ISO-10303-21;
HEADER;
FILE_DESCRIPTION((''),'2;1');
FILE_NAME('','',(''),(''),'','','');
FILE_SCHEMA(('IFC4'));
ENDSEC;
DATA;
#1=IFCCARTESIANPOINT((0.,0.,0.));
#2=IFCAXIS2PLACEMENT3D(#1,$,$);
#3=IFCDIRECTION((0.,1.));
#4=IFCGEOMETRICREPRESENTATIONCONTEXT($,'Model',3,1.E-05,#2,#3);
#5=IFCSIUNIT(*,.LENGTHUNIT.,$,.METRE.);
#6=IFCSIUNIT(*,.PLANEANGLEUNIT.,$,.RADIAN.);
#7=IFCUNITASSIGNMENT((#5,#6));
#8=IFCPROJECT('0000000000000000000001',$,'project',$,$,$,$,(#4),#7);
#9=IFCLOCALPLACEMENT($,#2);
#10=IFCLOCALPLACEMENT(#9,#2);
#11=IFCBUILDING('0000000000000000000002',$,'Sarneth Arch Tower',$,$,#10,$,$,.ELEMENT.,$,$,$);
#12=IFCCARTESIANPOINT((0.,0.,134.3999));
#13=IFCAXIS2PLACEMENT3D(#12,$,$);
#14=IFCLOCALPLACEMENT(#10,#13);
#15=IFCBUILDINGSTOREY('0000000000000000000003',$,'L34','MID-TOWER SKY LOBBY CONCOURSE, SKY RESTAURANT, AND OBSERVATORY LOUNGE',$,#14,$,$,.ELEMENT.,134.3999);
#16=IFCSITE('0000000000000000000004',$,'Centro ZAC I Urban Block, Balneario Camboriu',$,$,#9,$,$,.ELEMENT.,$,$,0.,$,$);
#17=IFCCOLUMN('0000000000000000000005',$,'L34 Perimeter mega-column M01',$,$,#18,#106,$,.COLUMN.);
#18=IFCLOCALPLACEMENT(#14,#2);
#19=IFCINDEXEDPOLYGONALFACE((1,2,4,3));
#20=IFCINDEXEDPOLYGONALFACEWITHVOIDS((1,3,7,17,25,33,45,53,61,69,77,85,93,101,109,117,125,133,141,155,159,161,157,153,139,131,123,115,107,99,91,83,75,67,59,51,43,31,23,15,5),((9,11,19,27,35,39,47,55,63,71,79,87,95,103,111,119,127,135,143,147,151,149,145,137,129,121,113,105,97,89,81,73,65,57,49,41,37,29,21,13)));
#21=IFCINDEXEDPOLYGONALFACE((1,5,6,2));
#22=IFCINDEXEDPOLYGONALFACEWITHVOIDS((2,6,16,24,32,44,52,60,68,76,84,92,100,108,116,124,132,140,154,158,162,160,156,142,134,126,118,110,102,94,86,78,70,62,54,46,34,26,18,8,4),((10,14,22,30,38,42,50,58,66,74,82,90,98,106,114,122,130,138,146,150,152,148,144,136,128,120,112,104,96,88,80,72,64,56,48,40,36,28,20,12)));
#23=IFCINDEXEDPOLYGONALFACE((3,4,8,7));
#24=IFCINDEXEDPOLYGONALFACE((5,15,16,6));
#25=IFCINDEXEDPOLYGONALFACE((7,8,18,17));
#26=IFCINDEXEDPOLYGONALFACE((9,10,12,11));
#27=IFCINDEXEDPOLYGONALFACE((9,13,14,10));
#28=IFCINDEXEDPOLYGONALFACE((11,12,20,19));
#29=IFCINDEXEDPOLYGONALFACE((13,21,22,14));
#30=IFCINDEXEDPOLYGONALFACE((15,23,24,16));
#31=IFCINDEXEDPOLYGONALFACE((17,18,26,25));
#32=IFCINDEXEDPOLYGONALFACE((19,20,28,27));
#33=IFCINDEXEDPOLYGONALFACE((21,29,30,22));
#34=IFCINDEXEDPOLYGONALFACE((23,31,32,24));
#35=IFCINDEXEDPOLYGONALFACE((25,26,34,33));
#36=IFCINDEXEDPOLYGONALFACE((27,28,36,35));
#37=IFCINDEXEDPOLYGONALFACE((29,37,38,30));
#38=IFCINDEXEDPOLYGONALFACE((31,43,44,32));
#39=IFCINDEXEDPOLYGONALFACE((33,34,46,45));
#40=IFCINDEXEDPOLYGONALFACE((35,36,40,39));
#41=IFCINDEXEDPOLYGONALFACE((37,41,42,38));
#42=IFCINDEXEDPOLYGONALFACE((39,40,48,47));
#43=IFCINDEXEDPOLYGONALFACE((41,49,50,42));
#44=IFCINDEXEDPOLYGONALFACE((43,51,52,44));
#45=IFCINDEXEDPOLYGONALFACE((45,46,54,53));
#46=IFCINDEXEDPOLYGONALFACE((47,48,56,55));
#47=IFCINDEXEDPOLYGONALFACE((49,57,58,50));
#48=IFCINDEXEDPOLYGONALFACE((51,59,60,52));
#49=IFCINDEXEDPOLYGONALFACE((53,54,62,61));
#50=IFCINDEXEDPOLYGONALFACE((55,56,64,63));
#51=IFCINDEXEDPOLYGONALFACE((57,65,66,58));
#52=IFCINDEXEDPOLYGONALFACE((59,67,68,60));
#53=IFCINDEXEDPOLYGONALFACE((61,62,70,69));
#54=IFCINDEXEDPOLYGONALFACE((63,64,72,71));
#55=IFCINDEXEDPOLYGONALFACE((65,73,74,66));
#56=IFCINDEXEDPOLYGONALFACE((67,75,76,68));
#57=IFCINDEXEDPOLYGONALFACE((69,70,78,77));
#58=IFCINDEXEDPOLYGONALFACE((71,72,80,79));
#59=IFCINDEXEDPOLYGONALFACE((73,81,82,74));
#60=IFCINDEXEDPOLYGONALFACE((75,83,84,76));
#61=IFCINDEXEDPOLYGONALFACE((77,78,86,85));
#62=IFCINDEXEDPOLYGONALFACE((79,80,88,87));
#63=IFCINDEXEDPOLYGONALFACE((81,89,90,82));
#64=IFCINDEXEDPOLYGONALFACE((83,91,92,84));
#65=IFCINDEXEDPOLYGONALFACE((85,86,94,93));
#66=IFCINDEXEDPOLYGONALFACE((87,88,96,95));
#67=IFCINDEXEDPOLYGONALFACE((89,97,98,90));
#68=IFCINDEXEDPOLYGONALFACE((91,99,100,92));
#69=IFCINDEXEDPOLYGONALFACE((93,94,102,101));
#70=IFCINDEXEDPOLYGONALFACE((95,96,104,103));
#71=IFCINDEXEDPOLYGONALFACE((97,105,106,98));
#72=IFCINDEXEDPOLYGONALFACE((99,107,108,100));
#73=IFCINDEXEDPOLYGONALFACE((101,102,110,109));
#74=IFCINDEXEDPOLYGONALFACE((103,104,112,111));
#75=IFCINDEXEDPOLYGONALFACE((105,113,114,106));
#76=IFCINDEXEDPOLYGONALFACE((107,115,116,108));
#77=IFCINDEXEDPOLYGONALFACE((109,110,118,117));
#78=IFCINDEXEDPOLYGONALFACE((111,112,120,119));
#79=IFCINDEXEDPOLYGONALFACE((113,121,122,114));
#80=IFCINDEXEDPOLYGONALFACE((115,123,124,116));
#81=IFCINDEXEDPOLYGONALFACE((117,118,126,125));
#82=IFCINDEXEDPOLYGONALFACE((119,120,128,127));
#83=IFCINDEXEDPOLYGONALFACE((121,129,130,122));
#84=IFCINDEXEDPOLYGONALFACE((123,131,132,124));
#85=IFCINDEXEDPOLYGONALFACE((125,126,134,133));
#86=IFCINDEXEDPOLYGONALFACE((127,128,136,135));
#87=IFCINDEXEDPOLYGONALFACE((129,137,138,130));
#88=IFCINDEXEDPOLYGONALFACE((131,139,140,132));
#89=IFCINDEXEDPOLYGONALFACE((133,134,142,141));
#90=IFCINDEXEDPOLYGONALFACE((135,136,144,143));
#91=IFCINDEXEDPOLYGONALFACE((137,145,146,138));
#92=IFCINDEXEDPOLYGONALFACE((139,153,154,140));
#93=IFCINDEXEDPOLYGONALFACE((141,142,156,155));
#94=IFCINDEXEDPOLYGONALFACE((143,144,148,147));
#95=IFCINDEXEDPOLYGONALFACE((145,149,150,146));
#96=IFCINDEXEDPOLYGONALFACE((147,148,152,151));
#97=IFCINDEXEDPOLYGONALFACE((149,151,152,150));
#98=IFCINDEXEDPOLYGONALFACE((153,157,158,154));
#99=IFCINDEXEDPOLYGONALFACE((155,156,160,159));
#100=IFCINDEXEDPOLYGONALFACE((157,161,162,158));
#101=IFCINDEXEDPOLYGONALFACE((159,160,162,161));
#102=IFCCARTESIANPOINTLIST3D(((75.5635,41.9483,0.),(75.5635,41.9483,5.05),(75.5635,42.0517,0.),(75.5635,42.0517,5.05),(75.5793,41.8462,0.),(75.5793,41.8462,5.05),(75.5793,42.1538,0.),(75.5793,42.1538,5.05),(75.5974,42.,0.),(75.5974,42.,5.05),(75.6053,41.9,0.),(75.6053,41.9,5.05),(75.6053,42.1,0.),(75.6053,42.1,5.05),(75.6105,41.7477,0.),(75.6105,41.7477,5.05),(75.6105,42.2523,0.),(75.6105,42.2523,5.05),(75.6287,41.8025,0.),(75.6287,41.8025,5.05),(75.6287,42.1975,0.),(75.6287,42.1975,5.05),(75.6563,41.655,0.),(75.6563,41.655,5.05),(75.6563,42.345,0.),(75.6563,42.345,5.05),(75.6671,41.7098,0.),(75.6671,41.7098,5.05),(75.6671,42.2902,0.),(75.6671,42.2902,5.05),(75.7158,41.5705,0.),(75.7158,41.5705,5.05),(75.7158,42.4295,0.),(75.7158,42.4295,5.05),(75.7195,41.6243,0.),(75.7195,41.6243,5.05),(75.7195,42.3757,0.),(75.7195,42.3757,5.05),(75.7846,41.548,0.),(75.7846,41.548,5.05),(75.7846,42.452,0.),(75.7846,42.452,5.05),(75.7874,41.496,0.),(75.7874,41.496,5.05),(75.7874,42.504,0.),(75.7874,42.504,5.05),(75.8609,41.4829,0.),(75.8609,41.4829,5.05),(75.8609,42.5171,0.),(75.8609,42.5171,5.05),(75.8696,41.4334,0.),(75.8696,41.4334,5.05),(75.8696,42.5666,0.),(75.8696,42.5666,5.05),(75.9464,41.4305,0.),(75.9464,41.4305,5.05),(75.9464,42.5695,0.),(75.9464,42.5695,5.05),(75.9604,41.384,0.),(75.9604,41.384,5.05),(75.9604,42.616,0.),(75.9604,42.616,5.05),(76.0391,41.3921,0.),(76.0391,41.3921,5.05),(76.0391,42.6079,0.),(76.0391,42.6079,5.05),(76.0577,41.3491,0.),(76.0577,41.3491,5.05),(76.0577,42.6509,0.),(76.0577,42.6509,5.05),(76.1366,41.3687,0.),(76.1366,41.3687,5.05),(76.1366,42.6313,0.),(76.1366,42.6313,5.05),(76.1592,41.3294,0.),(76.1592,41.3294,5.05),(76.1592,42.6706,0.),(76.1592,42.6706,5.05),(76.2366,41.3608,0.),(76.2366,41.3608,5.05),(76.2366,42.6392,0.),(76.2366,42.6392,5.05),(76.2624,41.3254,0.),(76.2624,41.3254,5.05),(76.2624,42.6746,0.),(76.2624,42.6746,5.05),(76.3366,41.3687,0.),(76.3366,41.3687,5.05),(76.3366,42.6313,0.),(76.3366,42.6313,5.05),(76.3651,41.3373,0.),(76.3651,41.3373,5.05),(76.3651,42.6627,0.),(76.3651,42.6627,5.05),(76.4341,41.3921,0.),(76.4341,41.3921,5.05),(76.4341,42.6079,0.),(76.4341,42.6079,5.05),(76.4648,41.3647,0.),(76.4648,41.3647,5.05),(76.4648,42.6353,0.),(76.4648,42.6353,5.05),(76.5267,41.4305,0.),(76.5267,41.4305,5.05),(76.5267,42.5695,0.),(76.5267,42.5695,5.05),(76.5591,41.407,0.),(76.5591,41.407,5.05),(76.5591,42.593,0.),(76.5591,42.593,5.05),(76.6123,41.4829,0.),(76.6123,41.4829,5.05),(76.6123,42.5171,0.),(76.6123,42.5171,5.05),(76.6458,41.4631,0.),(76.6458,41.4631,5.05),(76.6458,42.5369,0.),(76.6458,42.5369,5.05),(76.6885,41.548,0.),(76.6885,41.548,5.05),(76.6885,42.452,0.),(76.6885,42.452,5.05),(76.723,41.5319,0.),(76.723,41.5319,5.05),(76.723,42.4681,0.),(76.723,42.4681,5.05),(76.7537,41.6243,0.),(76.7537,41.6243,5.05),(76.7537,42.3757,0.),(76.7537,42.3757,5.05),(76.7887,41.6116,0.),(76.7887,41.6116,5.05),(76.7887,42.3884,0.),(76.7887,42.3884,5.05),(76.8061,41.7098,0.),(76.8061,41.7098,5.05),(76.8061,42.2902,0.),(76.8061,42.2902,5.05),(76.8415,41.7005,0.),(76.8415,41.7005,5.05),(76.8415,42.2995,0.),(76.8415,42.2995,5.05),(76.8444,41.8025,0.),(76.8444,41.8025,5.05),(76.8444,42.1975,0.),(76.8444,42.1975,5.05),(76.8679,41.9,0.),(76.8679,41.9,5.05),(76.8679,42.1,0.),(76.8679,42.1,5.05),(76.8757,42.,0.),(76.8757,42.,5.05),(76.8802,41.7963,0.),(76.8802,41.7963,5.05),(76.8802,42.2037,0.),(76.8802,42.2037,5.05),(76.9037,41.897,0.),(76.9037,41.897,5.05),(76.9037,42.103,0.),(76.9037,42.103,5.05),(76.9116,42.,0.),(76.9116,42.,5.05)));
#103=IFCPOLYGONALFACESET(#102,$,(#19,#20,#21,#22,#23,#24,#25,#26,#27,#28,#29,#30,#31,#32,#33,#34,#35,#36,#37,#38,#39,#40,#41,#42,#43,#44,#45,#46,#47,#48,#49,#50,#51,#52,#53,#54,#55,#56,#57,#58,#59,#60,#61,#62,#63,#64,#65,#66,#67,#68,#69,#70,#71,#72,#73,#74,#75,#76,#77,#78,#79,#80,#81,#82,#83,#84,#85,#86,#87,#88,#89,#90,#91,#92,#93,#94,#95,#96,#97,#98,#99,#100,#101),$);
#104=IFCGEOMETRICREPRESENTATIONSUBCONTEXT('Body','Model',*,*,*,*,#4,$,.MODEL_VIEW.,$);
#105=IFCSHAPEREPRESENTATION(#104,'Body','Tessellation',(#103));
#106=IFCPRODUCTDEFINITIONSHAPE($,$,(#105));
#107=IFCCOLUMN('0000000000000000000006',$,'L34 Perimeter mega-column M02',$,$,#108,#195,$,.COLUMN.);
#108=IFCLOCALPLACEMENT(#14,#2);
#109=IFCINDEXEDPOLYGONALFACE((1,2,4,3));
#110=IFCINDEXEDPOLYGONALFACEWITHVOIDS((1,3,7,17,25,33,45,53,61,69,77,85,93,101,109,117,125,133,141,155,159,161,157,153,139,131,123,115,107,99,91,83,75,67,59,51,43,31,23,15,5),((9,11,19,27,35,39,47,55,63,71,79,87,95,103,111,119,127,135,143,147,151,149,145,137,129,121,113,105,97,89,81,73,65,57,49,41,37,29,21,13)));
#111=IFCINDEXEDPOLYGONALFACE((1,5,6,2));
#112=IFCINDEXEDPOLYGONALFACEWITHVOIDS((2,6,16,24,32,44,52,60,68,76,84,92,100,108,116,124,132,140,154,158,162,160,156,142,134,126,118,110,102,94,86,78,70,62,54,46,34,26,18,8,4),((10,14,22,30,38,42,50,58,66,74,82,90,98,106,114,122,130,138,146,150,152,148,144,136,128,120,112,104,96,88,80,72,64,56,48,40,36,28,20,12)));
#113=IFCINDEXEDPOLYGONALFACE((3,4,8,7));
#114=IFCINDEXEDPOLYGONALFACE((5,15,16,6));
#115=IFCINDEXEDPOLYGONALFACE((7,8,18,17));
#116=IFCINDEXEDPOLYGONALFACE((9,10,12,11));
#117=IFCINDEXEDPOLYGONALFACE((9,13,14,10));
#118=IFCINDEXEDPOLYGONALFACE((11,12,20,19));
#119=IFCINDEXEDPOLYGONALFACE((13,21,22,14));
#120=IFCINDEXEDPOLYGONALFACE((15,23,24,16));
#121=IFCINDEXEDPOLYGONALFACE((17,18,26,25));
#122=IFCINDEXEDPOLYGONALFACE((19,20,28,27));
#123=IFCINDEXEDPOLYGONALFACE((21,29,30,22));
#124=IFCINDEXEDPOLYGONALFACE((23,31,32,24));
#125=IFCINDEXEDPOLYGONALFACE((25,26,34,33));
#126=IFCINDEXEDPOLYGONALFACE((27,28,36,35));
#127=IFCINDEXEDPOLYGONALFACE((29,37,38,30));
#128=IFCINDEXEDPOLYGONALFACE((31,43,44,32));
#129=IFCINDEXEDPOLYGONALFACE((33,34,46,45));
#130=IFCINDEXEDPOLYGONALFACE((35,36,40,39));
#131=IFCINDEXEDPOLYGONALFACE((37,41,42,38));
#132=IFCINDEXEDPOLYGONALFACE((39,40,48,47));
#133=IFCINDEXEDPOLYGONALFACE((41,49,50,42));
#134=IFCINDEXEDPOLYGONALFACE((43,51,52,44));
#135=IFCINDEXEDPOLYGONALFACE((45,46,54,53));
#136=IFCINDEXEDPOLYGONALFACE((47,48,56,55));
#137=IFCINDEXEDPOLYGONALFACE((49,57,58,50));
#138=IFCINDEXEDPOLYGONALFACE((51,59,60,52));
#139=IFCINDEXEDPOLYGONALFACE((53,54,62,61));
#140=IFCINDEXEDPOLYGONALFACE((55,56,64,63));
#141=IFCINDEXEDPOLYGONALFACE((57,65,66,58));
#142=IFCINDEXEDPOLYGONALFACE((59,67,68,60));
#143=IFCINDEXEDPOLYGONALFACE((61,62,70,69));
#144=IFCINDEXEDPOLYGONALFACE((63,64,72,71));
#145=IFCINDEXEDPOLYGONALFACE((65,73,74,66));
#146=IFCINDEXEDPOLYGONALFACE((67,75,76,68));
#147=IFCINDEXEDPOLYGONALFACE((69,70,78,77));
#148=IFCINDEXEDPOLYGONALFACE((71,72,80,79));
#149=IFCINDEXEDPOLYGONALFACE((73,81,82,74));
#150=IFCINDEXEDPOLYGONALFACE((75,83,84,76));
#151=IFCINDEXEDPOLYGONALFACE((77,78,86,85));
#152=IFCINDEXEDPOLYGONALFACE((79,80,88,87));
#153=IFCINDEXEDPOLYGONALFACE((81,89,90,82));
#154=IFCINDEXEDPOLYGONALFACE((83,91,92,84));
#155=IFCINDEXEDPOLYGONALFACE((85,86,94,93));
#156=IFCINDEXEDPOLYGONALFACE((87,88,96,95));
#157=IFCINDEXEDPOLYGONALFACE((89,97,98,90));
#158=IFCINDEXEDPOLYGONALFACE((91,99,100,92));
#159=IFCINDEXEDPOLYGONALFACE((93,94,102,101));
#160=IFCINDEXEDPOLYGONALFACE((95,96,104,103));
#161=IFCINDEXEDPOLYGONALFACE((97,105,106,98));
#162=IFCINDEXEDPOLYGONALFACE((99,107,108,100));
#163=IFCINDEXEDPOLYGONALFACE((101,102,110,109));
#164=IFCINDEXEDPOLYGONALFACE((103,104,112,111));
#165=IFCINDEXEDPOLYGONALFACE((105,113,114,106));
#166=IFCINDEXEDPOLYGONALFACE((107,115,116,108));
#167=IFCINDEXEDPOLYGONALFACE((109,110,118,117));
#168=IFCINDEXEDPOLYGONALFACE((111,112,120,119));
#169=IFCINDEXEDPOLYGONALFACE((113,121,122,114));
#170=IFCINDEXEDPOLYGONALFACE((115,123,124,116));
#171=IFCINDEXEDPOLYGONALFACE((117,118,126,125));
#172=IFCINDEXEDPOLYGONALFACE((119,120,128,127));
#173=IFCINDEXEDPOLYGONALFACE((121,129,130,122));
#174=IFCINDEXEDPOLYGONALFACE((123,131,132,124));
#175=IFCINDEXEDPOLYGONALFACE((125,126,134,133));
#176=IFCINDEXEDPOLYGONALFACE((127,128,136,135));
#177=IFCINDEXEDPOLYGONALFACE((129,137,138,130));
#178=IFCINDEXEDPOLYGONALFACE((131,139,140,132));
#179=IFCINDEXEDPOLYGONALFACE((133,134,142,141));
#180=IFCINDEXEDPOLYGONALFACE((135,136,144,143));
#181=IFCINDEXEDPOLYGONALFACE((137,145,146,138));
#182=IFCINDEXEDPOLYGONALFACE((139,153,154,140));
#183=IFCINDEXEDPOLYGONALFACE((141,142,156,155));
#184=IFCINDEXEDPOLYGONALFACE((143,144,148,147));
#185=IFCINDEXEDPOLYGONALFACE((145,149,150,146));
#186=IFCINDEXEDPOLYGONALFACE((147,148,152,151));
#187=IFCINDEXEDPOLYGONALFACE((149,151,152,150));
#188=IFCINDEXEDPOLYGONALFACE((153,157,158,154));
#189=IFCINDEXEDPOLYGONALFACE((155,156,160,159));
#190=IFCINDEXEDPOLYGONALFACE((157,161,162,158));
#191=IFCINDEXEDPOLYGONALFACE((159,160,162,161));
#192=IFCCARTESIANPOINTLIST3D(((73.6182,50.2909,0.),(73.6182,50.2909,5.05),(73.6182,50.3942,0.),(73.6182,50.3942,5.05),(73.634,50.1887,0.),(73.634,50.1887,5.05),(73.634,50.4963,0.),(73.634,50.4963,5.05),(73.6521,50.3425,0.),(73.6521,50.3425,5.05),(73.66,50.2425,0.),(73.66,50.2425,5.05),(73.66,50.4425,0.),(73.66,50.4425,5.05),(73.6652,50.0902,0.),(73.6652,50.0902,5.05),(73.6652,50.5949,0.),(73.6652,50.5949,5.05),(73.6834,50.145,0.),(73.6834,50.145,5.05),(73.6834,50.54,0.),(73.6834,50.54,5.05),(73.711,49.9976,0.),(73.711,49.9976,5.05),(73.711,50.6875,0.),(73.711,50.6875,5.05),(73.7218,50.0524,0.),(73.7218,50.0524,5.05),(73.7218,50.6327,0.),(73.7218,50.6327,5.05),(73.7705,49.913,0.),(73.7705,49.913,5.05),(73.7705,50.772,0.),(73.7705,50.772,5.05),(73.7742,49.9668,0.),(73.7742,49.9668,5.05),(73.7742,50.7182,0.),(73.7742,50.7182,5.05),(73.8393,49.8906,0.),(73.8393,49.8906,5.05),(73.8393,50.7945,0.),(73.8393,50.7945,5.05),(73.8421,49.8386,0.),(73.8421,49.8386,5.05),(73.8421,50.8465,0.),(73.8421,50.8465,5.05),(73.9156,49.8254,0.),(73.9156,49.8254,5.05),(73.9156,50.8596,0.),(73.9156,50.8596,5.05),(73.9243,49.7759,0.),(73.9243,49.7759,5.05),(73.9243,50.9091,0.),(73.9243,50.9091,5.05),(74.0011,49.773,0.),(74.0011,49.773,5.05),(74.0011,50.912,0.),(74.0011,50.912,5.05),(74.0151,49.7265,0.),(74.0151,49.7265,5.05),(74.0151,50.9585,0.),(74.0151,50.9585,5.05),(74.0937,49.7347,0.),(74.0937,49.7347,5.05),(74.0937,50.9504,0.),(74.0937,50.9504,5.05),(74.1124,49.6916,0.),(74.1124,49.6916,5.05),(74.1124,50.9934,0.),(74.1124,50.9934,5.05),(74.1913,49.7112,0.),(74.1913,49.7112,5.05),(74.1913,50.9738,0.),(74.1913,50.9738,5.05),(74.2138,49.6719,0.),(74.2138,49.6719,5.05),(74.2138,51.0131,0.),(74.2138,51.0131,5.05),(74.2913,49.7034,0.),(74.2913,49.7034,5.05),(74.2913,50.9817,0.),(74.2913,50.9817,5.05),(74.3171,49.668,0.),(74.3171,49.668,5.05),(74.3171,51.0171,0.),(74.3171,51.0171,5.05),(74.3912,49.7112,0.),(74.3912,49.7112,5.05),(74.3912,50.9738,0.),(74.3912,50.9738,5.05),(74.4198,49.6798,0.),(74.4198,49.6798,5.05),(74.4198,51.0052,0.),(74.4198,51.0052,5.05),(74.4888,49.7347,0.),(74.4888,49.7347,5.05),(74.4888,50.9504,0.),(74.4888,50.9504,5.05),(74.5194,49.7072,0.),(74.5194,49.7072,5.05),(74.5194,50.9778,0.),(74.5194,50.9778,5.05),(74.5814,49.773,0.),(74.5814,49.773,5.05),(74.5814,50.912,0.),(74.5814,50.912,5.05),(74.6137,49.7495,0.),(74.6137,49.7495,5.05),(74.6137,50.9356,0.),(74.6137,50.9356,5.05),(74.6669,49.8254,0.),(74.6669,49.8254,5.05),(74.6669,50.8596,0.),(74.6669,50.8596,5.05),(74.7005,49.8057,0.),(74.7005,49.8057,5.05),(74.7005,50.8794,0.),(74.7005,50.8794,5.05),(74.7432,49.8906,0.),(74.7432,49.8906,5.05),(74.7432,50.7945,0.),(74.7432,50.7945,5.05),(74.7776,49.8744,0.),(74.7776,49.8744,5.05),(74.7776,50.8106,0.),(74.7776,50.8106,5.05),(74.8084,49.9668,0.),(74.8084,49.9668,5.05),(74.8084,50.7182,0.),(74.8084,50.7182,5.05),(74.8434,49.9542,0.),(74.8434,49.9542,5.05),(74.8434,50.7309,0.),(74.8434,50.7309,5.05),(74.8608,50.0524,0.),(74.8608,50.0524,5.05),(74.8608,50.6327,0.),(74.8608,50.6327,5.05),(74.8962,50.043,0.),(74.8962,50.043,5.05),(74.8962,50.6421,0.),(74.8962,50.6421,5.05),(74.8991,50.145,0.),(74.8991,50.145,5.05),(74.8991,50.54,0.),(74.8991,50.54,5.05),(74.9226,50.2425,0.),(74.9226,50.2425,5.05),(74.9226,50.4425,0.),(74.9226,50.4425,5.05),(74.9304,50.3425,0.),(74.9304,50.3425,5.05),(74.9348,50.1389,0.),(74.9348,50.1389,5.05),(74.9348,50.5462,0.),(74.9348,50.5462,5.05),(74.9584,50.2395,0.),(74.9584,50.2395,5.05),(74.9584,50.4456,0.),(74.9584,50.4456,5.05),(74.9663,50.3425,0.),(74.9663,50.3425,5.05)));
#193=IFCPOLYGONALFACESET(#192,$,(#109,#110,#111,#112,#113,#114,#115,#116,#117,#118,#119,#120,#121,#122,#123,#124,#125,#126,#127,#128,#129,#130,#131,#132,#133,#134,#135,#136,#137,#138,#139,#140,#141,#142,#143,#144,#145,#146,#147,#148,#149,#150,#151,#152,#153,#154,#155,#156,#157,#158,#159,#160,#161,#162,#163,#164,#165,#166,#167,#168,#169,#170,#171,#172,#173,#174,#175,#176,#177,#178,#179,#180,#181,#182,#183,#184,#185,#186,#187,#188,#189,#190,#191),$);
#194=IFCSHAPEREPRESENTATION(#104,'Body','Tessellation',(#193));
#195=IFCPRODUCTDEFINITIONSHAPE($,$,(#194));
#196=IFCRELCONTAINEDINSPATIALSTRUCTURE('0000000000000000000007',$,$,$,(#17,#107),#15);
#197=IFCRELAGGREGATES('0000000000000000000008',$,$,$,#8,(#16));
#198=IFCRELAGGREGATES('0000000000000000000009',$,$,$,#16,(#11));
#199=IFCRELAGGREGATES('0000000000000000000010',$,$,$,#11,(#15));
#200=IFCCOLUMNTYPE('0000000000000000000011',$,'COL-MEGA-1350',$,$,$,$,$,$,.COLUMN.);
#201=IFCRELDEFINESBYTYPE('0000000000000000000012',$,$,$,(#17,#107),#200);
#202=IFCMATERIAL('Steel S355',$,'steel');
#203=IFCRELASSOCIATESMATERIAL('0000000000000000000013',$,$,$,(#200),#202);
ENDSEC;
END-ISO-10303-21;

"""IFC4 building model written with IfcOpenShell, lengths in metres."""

from ifc_helpers import new_model, si_unit, direction, frame, origin, origin_2d, place, context, subcontext, project, spatial, hollow_circle, extrude, material, material_profile, profile_set, type_object, element, save


model = new_model("IFC4")

# Units and contexts
model_context = context("Model", 3, precision=1e-05, world=origin(), true_north=direction((0.0, 1.0)))
body_context = subcontext(model_context, "Body", "Model", "MODEL_VIEW")
ifc_project = project(units=[si_unit("LENGTHUNIT", "METRE"), si_unit("PLANEANGLEUNIT", "RADIAN")], contexts=[model_context])

# Site, building, storey
site_placement = place(None, origin())
site = spatial("IfcSite", under=ifc_project, at=site_placement, Name="Centro ZAC I Urban Block, Balneario Camboriu", CompositionType="ELEMENT", RefElevation=0.0)
building_placement = place(site_placement, origin())
building = spatial("IfcBuilding", under=site, at=building_placement, Name="Sarneth Arch Tower", CompositionType="ELEMENT")
storey_placement = place(building_placement, frame((0.0, 0.0, 134.3999)))
storey = spatial("IfcBuildingStorey", under=building, at=storey_placement, Name="L34", Description="MID-TOWER SKY LOBBY CONCOURSE, SKY RESTAURANT, AND OBSERVATORY LOUNGE", CompositionType="ELEMENT", Elevation=134.3999)

# Columns
ifc_material_1 = material(Name="Steel S355", Category="steel")
ifc_material_profile_1 = material_profile(ifc_material_1, hollow_circle(Radius=0.675, WallThickness=0.0359, at=origin_2d()), Name="CHS1350x36")
ifc_profile_set_1 = profile_set([ifc_material_profile_1], Name="Steel S355")
column_type = type_object("IfcColumnType", Name="COL-MEGA-1350", PredefinedType="COLUMN", material=ifc_profile_set_1)
for number, where, z_axis, x_axis, name in (
    (1, (76.2366, 42.0, 0.0), (0.0, 0.0, 1.0), (1.0, 0.0, 0.0), "L34 Perimeter mega-column M01"),
    (2, (74.2913, 50.3425, 0.0), (0.0, 0.0, 1.0), (1.0, 0.0, 0.0), "L34 Perimeter mega-column M02"),
):
    element("IfcColumn", number, at=place(storey_placement, frame(where, z_axis=z_axis, x_axis=x_axis)), inside=storey, type_object=column_type, Name=name, PredefinedType="COLUMN", context=body_context, shape_type="SweptSolid", body=[
        extrude(hollow_circle(Radius=0.675, WallThickness=0.0359, at=origin_2d()), origin(), (0.0, 0.0, 1.0), 5.05),
    ])

save(model, "model.ifc")
